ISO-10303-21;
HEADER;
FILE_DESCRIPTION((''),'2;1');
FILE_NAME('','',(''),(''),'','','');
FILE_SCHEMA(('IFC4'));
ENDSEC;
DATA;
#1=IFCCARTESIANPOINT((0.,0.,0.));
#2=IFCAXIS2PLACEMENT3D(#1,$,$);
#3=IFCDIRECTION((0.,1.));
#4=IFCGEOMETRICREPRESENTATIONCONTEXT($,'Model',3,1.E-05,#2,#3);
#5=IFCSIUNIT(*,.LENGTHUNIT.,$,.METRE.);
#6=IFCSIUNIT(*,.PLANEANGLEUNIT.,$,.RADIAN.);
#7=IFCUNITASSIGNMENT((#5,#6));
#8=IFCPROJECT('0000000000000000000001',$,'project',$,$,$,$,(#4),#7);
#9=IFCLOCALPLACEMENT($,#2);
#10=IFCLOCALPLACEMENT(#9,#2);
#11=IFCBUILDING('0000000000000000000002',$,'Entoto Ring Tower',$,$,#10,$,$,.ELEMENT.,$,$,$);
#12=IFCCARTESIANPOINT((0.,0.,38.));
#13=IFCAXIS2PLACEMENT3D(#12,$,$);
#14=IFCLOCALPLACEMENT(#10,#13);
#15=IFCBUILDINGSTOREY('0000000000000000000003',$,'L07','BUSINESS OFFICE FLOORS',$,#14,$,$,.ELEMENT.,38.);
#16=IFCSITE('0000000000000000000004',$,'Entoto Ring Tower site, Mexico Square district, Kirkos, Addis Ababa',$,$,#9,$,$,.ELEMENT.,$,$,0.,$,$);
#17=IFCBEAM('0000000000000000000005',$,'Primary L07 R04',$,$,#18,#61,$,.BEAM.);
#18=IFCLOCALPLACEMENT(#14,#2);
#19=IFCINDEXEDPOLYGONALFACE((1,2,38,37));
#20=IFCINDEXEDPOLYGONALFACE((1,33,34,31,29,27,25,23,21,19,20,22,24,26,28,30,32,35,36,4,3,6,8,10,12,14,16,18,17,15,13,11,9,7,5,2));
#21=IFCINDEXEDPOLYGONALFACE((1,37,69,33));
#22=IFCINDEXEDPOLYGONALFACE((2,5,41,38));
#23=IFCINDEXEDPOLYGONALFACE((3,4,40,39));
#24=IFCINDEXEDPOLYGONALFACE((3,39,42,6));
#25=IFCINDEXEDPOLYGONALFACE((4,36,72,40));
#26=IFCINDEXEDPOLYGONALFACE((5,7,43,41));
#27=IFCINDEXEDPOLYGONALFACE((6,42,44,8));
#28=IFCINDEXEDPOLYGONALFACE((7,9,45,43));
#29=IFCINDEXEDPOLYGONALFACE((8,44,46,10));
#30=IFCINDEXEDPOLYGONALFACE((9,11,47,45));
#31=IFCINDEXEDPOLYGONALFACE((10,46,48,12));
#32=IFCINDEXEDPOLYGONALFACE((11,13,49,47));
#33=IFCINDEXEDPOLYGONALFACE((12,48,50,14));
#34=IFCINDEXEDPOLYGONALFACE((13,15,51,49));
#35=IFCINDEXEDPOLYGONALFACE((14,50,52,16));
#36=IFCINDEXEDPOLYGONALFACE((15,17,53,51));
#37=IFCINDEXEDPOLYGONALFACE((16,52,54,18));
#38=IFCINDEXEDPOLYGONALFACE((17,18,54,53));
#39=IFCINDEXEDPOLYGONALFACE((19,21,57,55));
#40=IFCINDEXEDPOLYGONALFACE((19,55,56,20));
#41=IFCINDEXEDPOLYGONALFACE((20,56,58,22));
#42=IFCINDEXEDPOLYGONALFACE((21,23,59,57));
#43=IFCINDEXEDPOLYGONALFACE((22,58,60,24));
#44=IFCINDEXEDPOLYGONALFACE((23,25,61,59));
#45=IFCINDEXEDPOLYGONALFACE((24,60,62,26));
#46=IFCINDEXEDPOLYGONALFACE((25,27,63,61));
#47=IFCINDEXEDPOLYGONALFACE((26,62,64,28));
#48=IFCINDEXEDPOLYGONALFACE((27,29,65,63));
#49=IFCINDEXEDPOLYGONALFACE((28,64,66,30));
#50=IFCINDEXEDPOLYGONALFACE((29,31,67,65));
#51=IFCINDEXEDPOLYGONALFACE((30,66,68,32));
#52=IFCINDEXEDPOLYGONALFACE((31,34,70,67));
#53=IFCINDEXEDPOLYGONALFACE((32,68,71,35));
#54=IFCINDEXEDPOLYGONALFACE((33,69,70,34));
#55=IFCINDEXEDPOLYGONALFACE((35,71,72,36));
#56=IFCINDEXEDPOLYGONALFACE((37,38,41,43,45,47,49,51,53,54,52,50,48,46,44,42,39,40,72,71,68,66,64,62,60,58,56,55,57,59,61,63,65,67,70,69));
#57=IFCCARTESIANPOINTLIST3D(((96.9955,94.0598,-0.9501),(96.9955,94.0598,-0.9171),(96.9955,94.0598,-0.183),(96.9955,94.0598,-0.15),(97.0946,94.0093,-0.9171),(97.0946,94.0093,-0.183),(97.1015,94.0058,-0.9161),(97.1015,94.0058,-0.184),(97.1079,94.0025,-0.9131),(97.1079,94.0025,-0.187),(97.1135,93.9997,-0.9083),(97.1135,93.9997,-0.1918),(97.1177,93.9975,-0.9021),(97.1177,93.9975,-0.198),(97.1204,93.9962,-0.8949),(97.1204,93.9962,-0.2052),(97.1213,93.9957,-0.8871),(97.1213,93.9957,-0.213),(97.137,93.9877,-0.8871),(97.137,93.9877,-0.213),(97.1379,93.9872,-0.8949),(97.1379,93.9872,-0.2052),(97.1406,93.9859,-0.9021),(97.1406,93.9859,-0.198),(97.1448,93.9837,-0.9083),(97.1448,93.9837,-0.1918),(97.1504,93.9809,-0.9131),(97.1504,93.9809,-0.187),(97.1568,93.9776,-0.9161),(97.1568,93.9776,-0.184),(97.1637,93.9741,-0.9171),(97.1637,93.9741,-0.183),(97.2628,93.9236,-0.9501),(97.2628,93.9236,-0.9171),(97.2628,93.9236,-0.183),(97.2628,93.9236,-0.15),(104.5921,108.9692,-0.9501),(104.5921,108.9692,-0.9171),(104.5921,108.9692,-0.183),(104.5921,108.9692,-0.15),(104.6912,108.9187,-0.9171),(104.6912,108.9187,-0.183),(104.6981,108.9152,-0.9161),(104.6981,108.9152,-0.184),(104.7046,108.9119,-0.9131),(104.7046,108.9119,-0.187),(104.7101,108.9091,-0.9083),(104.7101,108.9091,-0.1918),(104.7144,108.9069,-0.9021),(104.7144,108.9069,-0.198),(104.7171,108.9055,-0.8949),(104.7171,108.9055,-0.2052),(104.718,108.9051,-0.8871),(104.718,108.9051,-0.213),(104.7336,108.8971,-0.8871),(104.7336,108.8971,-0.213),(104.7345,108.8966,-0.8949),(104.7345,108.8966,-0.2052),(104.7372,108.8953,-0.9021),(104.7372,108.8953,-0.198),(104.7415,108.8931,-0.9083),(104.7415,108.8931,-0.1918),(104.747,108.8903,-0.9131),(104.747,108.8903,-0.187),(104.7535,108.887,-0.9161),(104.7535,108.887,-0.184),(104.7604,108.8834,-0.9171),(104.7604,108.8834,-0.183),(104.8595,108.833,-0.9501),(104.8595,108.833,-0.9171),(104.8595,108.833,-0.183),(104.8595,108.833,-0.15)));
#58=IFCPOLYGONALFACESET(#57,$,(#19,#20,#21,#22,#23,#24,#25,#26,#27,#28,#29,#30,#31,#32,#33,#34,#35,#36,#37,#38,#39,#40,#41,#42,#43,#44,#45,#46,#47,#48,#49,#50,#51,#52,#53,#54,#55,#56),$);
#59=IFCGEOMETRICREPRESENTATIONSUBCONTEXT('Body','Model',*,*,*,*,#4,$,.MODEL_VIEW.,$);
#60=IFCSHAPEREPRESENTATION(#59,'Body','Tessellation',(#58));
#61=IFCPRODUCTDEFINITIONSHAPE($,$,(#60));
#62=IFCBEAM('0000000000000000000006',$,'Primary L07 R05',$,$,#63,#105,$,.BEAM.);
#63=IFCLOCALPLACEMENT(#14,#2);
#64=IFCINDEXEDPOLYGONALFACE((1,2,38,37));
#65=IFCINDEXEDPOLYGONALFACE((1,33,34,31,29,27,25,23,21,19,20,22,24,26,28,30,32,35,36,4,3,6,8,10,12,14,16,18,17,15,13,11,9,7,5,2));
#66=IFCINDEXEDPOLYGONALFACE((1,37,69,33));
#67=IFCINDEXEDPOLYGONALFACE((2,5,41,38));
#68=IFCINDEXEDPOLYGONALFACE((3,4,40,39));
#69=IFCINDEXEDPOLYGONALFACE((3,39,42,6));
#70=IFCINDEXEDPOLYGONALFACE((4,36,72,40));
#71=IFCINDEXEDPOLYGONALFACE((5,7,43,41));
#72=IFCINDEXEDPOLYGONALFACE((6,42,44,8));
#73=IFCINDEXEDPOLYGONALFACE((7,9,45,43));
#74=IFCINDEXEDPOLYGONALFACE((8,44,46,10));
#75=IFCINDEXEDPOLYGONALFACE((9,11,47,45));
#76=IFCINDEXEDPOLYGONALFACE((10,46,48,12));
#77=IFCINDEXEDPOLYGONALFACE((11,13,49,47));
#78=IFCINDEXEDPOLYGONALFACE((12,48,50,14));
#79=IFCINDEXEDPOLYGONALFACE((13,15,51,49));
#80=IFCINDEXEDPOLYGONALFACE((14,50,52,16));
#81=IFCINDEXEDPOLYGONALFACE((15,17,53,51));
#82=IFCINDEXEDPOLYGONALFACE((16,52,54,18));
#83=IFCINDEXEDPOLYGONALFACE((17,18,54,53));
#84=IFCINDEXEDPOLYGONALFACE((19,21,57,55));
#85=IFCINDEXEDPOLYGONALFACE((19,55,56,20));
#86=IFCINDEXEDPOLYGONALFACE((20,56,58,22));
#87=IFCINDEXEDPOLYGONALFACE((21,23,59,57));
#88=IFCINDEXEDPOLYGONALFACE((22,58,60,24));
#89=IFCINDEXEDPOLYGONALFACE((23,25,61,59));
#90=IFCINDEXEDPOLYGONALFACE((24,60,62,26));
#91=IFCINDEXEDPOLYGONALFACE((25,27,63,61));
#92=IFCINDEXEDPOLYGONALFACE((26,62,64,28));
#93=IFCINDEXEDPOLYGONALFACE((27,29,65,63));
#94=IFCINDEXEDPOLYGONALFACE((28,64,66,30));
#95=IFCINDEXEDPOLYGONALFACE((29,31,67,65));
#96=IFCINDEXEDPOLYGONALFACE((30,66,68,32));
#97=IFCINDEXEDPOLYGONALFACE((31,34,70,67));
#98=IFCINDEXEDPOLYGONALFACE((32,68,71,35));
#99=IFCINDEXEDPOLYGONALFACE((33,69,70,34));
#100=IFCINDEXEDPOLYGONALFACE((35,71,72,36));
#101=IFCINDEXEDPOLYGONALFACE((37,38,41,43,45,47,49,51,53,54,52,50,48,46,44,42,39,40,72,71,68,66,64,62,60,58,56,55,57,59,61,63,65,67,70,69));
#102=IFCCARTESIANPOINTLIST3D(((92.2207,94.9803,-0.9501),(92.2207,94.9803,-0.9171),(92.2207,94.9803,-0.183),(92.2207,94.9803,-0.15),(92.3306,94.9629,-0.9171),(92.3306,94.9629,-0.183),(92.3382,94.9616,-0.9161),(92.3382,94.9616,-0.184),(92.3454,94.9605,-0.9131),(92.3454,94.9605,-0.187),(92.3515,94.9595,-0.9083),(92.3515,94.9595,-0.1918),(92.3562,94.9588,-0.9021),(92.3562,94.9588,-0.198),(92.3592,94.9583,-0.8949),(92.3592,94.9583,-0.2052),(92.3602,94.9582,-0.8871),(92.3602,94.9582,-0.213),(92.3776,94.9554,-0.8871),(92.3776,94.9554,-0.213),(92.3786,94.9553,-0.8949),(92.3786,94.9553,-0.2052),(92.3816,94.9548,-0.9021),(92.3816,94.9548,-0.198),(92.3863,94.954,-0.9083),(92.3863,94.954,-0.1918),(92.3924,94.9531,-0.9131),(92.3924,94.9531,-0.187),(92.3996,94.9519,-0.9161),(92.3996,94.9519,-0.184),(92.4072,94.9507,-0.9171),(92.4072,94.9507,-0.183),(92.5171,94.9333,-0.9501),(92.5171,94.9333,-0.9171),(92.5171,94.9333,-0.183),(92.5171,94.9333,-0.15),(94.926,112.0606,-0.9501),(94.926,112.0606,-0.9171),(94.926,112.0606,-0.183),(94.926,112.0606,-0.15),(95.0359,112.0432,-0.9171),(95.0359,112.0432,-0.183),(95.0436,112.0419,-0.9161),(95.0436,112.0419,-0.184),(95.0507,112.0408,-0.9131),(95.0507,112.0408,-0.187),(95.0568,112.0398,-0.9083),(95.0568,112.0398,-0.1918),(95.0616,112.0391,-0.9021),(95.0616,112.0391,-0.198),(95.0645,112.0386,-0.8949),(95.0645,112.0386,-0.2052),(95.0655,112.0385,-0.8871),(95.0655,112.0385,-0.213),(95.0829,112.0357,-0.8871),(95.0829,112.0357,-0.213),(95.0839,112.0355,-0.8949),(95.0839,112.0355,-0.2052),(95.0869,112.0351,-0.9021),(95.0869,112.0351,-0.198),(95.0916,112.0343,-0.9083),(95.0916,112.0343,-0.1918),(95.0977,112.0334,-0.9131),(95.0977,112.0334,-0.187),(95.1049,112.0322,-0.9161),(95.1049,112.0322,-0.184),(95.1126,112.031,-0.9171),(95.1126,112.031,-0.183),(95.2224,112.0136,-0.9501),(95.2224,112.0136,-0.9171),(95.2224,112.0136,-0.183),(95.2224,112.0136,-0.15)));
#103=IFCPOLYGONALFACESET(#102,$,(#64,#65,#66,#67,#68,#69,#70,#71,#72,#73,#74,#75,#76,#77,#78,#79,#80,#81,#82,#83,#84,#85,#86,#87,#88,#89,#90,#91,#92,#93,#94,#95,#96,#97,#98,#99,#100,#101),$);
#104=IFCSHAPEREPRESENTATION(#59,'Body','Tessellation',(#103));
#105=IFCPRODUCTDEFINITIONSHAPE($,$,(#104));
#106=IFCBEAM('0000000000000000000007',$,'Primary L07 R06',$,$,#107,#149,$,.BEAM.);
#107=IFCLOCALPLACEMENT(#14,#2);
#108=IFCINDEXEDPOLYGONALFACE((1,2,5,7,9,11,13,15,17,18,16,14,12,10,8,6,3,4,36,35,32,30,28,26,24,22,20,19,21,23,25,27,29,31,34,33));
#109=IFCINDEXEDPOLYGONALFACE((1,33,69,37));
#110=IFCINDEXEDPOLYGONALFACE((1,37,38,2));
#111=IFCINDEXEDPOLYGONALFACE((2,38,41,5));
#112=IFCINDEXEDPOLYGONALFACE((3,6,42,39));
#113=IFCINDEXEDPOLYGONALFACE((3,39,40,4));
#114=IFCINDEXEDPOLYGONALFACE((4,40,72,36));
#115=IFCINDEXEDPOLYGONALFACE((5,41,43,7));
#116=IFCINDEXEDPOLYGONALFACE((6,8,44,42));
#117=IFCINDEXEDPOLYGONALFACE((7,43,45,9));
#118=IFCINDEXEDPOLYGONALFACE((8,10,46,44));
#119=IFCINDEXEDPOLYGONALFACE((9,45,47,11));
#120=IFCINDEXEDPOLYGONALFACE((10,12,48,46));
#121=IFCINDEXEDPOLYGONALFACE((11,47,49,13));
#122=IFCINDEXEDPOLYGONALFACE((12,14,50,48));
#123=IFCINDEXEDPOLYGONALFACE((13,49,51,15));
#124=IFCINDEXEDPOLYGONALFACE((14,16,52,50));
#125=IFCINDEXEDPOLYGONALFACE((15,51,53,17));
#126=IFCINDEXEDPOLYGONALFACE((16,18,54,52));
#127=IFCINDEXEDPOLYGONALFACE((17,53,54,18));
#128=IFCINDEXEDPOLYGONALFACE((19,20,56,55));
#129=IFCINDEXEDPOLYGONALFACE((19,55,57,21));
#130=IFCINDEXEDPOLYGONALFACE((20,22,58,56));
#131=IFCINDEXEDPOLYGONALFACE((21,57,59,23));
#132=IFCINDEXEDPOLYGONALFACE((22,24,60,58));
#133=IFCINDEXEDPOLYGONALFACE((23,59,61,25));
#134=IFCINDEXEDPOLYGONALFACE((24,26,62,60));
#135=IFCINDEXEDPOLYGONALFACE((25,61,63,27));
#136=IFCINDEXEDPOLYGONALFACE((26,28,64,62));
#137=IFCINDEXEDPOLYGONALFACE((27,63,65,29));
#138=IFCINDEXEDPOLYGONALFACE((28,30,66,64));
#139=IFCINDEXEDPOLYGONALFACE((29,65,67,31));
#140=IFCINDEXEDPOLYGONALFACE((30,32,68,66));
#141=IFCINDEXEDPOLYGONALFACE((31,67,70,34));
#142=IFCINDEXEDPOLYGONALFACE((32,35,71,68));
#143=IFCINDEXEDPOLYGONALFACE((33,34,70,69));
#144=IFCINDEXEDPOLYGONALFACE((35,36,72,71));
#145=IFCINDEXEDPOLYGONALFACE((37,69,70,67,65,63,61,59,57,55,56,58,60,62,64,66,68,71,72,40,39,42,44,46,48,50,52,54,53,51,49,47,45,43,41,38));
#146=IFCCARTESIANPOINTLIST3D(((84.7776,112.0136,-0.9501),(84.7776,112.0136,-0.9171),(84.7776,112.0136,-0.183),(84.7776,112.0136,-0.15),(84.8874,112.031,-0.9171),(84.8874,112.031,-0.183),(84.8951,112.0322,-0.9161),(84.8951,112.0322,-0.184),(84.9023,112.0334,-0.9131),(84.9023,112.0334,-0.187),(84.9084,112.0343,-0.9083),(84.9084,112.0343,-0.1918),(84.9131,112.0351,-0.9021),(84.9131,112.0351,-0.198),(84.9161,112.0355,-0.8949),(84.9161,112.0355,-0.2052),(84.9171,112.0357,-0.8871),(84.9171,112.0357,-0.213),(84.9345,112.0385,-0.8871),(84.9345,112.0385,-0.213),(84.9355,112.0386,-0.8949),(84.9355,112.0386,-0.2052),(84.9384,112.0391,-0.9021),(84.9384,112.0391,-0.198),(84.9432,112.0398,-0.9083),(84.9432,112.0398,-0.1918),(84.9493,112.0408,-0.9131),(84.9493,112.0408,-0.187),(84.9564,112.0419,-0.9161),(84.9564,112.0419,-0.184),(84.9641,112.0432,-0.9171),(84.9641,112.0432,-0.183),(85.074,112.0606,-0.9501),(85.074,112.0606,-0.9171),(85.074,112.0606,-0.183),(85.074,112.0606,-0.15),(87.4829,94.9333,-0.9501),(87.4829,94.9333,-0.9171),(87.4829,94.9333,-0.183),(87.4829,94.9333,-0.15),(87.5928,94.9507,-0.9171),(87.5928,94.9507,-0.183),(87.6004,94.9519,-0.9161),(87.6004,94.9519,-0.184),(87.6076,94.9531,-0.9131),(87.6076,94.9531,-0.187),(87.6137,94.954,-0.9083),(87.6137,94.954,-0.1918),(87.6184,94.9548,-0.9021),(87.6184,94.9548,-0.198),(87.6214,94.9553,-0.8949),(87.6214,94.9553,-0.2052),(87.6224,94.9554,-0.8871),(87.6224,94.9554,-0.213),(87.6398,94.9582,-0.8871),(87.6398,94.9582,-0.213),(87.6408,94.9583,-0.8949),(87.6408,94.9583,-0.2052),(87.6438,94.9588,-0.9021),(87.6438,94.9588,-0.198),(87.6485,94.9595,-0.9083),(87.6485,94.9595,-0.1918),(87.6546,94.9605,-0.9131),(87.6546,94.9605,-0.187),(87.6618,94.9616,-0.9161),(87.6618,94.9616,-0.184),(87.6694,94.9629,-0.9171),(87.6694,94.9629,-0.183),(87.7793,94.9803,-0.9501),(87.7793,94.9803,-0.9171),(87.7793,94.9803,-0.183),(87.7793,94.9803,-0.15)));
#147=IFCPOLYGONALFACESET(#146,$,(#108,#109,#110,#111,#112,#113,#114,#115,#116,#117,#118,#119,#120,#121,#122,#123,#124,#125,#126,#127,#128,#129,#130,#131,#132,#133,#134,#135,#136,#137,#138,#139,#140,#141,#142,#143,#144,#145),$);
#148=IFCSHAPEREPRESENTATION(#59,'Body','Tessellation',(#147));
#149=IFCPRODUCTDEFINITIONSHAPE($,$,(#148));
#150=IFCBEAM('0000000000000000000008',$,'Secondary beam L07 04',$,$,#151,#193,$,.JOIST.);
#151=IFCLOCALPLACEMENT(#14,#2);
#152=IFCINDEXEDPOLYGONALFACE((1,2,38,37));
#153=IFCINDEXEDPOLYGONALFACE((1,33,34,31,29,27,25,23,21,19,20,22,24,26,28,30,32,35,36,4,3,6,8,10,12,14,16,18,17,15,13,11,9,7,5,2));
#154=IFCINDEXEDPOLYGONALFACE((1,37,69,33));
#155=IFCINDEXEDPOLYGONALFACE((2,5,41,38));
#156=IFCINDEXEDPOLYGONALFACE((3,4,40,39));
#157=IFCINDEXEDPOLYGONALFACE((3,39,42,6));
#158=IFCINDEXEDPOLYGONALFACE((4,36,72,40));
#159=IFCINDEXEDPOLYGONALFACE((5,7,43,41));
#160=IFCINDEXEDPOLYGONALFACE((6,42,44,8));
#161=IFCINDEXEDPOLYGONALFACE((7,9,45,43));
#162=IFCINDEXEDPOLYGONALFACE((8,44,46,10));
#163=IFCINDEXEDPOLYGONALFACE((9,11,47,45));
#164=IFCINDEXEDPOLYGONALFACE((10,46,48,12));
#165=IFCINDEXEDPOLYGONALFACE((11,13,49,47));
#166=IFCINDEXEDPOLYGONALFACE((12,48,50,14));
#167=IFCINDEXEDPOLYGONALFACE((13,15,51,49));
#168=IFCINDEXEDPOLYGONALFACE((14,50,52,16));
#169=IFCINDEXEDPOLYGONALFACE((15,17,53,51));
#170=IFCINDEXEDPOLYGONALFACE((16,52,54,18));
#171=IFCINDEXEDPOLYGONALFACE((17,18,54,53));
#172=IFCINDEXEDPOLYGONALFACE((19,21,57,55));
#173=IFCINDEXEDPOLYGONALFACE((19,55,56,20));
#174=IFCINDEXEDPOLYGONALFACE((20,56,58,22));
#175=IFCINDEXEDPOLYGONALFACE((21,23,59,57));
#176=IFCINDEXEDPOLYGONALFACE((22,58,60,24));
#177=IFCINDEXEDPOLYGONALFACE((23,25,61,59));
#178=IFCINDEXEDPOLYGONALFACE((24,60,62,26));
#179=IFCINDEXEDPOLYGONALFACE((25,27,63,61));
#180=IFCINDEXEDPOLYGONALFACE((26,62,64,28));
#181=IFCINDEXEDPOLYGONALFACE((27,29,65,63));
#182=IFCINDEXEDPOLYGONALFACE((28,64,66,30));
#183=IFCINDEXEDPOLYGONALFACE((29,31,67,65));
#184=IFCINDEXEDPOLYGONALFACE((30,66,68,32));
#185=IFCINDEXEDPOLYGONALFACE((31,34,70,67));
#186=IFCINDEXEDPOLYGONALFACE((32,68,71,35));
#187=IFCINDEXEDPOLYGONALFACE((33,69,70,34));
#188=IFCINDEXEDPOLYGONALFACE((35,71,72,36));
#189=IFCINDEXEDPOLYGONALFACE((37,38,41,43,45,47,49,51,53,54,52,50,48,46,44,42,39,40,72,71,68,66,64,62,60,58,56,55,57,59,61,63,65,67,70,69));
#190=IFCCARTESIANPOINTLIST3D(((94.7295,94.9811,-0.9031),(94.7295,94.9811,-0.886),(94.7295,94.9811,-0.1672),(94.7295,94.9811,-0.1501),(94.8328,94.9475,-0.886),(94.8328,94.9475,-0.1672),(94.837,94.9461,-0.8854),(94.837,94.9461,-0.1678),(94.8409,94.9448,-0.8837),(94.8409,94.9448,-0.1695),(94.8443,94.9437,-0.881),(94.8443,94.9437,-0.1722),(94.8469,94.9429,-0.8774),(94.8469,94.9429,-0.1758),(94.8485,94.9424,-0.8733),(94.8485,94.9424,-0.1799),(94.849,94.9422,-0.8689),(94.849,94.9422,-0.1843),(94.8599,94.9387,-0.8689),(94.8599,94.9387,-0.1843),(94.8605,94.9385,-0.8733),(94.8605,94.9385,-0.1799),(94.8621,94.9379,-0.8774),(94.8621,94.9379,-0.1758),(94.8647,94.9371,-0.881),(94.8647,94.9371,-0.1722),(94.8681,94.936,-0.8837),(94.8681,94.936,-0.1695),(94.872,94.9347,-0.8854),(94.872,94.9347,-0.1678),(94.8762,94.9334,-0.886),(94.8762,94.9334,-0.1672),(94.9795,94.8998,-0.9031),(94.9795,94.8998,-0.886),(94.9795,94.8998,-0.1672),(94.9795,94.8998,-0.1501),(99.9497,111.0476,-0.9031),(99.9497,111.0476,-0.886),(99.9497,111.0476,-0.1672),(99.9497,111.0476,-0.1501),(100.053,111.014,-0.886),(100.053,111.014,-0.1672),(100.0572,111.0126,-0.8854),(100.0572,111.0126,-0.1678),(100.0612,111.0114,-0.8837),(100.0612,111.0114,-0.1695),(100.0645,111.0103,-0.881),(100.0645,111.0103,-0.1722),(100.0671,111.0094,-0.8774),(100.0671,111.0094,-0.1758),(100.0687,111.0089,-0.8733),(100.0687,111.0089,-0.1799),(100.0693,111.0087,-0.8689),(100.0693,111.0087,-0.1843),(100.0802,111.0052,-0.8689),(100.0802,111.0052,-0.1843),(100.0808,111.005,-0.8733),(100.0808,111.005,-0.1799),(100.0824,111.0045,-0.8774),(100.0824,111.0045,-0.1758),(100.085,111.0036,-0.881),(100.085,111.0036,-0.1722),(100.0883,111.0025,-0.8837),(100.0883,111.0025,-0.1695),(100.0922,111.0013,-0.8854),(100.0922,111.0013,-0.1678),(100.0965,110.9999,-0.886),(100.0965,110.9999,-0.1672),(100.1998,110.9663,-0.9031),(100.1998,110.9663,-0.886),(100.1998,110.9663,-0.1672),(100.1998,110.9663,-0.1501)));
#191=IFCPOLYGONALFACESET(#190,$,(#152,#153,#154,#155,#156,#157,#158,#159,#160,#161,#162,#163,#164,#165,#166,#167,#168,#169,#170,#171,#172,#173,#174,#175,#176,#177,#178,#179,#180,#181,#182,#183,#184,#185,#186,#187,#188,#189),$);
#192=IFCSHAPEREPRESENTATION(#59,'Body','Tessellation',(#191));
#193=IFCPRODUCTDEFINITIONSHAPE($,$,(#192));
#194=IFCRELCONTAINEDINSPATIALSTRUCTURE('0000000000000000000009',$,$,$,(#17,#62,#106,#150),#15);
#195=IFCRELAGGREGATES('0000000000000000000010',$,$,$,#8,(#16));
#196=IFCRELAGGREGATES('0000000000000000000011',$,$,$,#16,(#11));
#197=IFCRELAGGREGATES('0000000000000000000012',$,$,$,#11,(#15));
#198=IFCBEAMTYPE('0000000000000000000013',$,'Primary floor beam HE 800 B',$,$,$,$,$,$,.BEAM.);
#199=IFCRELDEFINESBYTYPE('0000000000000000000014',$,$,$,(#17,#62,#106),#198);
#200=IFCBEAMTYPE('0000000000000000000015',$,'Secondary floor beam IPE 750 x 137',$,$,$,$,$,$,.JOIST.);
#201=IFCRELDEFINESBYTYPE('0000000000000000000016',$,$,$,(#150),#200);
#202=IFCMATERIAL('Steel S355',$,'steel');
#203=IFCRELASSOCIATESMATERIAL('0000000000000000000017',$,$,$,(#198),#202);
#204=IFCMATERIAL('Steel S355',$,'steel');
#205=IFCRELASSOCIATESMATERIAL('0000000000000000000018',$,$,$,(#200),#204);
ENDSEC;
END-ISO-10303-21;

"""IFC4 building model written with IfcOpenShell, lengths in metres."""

from ifc_helpers import new_model, si_unit, direction, frame, origin, origin_2d, place, context, subcontext, project, spatial, i_section, extrude, material, material_profile, profile_set, type_object, element, save


model = new_model("IFC4")

# Units and contexts
model_context = context("Model", 3, precision=1e-05, world=origin(), true_north=direction((0.0, 1.0)))
body_context = subcontext(model_context, "Body", "Model", "MODEL_VIEW")
ifc_project = project(units=[si_unit("LENGTHUNIT", "METRE"), si_unit("PLANEANGLEUNIT", "RADIAN")], contexts=[model_context])

# Site, building, storey
site_placement = place(None, origin())
site = spatial("IfcSite", under=ifc_project, at=site_placement, Name="Entoto Ring Tower site, Mexico Square district, Kirkos, Addis Ababa", CompositionType="ELEMENT", RefElevation=0.0)
building_placement = place(site_placement, origin())
building = spatial("IfcBuilding", under=site, at=building_placement, Name="Entoto Ring Tower", CompositionType="ELEMENT")
storey_placement = place(building_placement, frame((0.0, 0.0, 38.0)))
storey = spatial("IfcBuildingStorey", under=building, at=storey_placement, Name="L07", Description="BUSINESS OFFICE FLOORS", CompositionType="ELEMENT", Elevation=38.0)

# Beams
ifc_material_1 = material(Name="Steel S355", Category="steel")
ifc_material_profile_1 = material_profile(ifc_material_1, i_section(OverallWidth=0.3, OverallDepth=0.8, WebThickness=0.0176, FlangeThickness=0.033, FilletRadius=0.03, at=origin_2d()), Name="HE 800 B")
ifc_profile_set_1 = profile_set([ifc_material_profile_1], Name="Steel S355")
beam_type_1 = type_object("IfcBeamType", Name="Primary floor beam HE 800 B", PredefinedType="BEAM", material=ifc_profile_set_1)
beam_1_placement = place(storey_placement, frame((97.1292, 93.9917, -0.55), z_axis=(0.453988, 0.891008, 0.0), x_axis=(-0.891008, 0.453988, 0.0)))
element("IfcBeam", 1, at=beam_1_placement, inside=storey, type_object=beam_type_1, Name="Primary L07 R04", PredefinedType="BEAM", context=body_context, shape_type="SweptSolid", body=[
    extrude(i_section(OverallWidth=0.3, OverallDepth=0.8, WebThickness=0.0176, FlangeThickness=0.033, FilletRadius=0.03, at=origin_2d()), origin(), (0.0, 0.0, 1.0), 16.7332),
])
for number, where, z_axis, x_axis, name in (
    (2, (92.3689, 94.9568, -0.55), (0.156438, 0.987688, 0.0), (-0.987688, 0.156438, 0.0), "Primary L07 R05"),
    (3, (87.6311, 94.9568, -0.55), (-0.156438, 0.987688, 0.0), (-0.987688, -0.156438, 0.0), "Primary L07 R06"),
):
    element("IfcBeam", number, at=place(storey_placement, frame(where, z_axis=z_axis, x_axis=x_axis)), inside=storey, type_object=beam_type_1, Name=name, PredefinedType="BEAM", context=body_context, shape_type="SweptSolid", body=[
        extrude(i_section(OverallWidth=0.3, OverallDepth=0.8, WebThickness=0.0176, FlangeThickness=0.033, FilletRadius=0.03, at=origin_2d()), origin(), (0.0, 0.0, 1.0), 17.2932),
    ])
ifc_material_2 = material(Name="Steel S355", Category="steel")
ifc_material_profile_2 = material_profile(ifc_material_2, i_section(OverallWidth=0.2629, OverallDepth=0.7529, WebThickness=0.0115, FlangeThickness=0.0171, FilletRadius=0.0171, at=origin_2d()), Name="IPE 750 x 137")
ifc_profile_set_2 = profile_set([ifc_material_profile_2], Name="Steel S355")
beam_type_2 = type_object("IfcBeamType", Name="Secondary floor beam IPE 750 x 137", PredefinedType="JOIST", material=ifc_profile_set_2)
beam_2_placement = place(storey_placement, frame((94.8545, 94.9404, -0.5266), z_axis=(0.309013, 0.951058, 0.0), x_axis=(-0.951058, 0.309013, 0.0)))
element("IfcBeam", 4, at=beam_2_placement, inside=storey, type_object=beam_type_2, Name="Secondary beam L07 04", PredefinedType="JOIST", context=body_context, shape_type="SweptSolid", body=[
    extrude(i_section(OverallWidth=0.2629, OverallDepth=0.7529, WebThickness=0.0115, FlangeThickness=0.0171, FilletRadius=0.0171, at=origin_2d()), origin(), (0.0, 0.0, 1.0), 16.8933),
])

save(model, "model.ifc")
